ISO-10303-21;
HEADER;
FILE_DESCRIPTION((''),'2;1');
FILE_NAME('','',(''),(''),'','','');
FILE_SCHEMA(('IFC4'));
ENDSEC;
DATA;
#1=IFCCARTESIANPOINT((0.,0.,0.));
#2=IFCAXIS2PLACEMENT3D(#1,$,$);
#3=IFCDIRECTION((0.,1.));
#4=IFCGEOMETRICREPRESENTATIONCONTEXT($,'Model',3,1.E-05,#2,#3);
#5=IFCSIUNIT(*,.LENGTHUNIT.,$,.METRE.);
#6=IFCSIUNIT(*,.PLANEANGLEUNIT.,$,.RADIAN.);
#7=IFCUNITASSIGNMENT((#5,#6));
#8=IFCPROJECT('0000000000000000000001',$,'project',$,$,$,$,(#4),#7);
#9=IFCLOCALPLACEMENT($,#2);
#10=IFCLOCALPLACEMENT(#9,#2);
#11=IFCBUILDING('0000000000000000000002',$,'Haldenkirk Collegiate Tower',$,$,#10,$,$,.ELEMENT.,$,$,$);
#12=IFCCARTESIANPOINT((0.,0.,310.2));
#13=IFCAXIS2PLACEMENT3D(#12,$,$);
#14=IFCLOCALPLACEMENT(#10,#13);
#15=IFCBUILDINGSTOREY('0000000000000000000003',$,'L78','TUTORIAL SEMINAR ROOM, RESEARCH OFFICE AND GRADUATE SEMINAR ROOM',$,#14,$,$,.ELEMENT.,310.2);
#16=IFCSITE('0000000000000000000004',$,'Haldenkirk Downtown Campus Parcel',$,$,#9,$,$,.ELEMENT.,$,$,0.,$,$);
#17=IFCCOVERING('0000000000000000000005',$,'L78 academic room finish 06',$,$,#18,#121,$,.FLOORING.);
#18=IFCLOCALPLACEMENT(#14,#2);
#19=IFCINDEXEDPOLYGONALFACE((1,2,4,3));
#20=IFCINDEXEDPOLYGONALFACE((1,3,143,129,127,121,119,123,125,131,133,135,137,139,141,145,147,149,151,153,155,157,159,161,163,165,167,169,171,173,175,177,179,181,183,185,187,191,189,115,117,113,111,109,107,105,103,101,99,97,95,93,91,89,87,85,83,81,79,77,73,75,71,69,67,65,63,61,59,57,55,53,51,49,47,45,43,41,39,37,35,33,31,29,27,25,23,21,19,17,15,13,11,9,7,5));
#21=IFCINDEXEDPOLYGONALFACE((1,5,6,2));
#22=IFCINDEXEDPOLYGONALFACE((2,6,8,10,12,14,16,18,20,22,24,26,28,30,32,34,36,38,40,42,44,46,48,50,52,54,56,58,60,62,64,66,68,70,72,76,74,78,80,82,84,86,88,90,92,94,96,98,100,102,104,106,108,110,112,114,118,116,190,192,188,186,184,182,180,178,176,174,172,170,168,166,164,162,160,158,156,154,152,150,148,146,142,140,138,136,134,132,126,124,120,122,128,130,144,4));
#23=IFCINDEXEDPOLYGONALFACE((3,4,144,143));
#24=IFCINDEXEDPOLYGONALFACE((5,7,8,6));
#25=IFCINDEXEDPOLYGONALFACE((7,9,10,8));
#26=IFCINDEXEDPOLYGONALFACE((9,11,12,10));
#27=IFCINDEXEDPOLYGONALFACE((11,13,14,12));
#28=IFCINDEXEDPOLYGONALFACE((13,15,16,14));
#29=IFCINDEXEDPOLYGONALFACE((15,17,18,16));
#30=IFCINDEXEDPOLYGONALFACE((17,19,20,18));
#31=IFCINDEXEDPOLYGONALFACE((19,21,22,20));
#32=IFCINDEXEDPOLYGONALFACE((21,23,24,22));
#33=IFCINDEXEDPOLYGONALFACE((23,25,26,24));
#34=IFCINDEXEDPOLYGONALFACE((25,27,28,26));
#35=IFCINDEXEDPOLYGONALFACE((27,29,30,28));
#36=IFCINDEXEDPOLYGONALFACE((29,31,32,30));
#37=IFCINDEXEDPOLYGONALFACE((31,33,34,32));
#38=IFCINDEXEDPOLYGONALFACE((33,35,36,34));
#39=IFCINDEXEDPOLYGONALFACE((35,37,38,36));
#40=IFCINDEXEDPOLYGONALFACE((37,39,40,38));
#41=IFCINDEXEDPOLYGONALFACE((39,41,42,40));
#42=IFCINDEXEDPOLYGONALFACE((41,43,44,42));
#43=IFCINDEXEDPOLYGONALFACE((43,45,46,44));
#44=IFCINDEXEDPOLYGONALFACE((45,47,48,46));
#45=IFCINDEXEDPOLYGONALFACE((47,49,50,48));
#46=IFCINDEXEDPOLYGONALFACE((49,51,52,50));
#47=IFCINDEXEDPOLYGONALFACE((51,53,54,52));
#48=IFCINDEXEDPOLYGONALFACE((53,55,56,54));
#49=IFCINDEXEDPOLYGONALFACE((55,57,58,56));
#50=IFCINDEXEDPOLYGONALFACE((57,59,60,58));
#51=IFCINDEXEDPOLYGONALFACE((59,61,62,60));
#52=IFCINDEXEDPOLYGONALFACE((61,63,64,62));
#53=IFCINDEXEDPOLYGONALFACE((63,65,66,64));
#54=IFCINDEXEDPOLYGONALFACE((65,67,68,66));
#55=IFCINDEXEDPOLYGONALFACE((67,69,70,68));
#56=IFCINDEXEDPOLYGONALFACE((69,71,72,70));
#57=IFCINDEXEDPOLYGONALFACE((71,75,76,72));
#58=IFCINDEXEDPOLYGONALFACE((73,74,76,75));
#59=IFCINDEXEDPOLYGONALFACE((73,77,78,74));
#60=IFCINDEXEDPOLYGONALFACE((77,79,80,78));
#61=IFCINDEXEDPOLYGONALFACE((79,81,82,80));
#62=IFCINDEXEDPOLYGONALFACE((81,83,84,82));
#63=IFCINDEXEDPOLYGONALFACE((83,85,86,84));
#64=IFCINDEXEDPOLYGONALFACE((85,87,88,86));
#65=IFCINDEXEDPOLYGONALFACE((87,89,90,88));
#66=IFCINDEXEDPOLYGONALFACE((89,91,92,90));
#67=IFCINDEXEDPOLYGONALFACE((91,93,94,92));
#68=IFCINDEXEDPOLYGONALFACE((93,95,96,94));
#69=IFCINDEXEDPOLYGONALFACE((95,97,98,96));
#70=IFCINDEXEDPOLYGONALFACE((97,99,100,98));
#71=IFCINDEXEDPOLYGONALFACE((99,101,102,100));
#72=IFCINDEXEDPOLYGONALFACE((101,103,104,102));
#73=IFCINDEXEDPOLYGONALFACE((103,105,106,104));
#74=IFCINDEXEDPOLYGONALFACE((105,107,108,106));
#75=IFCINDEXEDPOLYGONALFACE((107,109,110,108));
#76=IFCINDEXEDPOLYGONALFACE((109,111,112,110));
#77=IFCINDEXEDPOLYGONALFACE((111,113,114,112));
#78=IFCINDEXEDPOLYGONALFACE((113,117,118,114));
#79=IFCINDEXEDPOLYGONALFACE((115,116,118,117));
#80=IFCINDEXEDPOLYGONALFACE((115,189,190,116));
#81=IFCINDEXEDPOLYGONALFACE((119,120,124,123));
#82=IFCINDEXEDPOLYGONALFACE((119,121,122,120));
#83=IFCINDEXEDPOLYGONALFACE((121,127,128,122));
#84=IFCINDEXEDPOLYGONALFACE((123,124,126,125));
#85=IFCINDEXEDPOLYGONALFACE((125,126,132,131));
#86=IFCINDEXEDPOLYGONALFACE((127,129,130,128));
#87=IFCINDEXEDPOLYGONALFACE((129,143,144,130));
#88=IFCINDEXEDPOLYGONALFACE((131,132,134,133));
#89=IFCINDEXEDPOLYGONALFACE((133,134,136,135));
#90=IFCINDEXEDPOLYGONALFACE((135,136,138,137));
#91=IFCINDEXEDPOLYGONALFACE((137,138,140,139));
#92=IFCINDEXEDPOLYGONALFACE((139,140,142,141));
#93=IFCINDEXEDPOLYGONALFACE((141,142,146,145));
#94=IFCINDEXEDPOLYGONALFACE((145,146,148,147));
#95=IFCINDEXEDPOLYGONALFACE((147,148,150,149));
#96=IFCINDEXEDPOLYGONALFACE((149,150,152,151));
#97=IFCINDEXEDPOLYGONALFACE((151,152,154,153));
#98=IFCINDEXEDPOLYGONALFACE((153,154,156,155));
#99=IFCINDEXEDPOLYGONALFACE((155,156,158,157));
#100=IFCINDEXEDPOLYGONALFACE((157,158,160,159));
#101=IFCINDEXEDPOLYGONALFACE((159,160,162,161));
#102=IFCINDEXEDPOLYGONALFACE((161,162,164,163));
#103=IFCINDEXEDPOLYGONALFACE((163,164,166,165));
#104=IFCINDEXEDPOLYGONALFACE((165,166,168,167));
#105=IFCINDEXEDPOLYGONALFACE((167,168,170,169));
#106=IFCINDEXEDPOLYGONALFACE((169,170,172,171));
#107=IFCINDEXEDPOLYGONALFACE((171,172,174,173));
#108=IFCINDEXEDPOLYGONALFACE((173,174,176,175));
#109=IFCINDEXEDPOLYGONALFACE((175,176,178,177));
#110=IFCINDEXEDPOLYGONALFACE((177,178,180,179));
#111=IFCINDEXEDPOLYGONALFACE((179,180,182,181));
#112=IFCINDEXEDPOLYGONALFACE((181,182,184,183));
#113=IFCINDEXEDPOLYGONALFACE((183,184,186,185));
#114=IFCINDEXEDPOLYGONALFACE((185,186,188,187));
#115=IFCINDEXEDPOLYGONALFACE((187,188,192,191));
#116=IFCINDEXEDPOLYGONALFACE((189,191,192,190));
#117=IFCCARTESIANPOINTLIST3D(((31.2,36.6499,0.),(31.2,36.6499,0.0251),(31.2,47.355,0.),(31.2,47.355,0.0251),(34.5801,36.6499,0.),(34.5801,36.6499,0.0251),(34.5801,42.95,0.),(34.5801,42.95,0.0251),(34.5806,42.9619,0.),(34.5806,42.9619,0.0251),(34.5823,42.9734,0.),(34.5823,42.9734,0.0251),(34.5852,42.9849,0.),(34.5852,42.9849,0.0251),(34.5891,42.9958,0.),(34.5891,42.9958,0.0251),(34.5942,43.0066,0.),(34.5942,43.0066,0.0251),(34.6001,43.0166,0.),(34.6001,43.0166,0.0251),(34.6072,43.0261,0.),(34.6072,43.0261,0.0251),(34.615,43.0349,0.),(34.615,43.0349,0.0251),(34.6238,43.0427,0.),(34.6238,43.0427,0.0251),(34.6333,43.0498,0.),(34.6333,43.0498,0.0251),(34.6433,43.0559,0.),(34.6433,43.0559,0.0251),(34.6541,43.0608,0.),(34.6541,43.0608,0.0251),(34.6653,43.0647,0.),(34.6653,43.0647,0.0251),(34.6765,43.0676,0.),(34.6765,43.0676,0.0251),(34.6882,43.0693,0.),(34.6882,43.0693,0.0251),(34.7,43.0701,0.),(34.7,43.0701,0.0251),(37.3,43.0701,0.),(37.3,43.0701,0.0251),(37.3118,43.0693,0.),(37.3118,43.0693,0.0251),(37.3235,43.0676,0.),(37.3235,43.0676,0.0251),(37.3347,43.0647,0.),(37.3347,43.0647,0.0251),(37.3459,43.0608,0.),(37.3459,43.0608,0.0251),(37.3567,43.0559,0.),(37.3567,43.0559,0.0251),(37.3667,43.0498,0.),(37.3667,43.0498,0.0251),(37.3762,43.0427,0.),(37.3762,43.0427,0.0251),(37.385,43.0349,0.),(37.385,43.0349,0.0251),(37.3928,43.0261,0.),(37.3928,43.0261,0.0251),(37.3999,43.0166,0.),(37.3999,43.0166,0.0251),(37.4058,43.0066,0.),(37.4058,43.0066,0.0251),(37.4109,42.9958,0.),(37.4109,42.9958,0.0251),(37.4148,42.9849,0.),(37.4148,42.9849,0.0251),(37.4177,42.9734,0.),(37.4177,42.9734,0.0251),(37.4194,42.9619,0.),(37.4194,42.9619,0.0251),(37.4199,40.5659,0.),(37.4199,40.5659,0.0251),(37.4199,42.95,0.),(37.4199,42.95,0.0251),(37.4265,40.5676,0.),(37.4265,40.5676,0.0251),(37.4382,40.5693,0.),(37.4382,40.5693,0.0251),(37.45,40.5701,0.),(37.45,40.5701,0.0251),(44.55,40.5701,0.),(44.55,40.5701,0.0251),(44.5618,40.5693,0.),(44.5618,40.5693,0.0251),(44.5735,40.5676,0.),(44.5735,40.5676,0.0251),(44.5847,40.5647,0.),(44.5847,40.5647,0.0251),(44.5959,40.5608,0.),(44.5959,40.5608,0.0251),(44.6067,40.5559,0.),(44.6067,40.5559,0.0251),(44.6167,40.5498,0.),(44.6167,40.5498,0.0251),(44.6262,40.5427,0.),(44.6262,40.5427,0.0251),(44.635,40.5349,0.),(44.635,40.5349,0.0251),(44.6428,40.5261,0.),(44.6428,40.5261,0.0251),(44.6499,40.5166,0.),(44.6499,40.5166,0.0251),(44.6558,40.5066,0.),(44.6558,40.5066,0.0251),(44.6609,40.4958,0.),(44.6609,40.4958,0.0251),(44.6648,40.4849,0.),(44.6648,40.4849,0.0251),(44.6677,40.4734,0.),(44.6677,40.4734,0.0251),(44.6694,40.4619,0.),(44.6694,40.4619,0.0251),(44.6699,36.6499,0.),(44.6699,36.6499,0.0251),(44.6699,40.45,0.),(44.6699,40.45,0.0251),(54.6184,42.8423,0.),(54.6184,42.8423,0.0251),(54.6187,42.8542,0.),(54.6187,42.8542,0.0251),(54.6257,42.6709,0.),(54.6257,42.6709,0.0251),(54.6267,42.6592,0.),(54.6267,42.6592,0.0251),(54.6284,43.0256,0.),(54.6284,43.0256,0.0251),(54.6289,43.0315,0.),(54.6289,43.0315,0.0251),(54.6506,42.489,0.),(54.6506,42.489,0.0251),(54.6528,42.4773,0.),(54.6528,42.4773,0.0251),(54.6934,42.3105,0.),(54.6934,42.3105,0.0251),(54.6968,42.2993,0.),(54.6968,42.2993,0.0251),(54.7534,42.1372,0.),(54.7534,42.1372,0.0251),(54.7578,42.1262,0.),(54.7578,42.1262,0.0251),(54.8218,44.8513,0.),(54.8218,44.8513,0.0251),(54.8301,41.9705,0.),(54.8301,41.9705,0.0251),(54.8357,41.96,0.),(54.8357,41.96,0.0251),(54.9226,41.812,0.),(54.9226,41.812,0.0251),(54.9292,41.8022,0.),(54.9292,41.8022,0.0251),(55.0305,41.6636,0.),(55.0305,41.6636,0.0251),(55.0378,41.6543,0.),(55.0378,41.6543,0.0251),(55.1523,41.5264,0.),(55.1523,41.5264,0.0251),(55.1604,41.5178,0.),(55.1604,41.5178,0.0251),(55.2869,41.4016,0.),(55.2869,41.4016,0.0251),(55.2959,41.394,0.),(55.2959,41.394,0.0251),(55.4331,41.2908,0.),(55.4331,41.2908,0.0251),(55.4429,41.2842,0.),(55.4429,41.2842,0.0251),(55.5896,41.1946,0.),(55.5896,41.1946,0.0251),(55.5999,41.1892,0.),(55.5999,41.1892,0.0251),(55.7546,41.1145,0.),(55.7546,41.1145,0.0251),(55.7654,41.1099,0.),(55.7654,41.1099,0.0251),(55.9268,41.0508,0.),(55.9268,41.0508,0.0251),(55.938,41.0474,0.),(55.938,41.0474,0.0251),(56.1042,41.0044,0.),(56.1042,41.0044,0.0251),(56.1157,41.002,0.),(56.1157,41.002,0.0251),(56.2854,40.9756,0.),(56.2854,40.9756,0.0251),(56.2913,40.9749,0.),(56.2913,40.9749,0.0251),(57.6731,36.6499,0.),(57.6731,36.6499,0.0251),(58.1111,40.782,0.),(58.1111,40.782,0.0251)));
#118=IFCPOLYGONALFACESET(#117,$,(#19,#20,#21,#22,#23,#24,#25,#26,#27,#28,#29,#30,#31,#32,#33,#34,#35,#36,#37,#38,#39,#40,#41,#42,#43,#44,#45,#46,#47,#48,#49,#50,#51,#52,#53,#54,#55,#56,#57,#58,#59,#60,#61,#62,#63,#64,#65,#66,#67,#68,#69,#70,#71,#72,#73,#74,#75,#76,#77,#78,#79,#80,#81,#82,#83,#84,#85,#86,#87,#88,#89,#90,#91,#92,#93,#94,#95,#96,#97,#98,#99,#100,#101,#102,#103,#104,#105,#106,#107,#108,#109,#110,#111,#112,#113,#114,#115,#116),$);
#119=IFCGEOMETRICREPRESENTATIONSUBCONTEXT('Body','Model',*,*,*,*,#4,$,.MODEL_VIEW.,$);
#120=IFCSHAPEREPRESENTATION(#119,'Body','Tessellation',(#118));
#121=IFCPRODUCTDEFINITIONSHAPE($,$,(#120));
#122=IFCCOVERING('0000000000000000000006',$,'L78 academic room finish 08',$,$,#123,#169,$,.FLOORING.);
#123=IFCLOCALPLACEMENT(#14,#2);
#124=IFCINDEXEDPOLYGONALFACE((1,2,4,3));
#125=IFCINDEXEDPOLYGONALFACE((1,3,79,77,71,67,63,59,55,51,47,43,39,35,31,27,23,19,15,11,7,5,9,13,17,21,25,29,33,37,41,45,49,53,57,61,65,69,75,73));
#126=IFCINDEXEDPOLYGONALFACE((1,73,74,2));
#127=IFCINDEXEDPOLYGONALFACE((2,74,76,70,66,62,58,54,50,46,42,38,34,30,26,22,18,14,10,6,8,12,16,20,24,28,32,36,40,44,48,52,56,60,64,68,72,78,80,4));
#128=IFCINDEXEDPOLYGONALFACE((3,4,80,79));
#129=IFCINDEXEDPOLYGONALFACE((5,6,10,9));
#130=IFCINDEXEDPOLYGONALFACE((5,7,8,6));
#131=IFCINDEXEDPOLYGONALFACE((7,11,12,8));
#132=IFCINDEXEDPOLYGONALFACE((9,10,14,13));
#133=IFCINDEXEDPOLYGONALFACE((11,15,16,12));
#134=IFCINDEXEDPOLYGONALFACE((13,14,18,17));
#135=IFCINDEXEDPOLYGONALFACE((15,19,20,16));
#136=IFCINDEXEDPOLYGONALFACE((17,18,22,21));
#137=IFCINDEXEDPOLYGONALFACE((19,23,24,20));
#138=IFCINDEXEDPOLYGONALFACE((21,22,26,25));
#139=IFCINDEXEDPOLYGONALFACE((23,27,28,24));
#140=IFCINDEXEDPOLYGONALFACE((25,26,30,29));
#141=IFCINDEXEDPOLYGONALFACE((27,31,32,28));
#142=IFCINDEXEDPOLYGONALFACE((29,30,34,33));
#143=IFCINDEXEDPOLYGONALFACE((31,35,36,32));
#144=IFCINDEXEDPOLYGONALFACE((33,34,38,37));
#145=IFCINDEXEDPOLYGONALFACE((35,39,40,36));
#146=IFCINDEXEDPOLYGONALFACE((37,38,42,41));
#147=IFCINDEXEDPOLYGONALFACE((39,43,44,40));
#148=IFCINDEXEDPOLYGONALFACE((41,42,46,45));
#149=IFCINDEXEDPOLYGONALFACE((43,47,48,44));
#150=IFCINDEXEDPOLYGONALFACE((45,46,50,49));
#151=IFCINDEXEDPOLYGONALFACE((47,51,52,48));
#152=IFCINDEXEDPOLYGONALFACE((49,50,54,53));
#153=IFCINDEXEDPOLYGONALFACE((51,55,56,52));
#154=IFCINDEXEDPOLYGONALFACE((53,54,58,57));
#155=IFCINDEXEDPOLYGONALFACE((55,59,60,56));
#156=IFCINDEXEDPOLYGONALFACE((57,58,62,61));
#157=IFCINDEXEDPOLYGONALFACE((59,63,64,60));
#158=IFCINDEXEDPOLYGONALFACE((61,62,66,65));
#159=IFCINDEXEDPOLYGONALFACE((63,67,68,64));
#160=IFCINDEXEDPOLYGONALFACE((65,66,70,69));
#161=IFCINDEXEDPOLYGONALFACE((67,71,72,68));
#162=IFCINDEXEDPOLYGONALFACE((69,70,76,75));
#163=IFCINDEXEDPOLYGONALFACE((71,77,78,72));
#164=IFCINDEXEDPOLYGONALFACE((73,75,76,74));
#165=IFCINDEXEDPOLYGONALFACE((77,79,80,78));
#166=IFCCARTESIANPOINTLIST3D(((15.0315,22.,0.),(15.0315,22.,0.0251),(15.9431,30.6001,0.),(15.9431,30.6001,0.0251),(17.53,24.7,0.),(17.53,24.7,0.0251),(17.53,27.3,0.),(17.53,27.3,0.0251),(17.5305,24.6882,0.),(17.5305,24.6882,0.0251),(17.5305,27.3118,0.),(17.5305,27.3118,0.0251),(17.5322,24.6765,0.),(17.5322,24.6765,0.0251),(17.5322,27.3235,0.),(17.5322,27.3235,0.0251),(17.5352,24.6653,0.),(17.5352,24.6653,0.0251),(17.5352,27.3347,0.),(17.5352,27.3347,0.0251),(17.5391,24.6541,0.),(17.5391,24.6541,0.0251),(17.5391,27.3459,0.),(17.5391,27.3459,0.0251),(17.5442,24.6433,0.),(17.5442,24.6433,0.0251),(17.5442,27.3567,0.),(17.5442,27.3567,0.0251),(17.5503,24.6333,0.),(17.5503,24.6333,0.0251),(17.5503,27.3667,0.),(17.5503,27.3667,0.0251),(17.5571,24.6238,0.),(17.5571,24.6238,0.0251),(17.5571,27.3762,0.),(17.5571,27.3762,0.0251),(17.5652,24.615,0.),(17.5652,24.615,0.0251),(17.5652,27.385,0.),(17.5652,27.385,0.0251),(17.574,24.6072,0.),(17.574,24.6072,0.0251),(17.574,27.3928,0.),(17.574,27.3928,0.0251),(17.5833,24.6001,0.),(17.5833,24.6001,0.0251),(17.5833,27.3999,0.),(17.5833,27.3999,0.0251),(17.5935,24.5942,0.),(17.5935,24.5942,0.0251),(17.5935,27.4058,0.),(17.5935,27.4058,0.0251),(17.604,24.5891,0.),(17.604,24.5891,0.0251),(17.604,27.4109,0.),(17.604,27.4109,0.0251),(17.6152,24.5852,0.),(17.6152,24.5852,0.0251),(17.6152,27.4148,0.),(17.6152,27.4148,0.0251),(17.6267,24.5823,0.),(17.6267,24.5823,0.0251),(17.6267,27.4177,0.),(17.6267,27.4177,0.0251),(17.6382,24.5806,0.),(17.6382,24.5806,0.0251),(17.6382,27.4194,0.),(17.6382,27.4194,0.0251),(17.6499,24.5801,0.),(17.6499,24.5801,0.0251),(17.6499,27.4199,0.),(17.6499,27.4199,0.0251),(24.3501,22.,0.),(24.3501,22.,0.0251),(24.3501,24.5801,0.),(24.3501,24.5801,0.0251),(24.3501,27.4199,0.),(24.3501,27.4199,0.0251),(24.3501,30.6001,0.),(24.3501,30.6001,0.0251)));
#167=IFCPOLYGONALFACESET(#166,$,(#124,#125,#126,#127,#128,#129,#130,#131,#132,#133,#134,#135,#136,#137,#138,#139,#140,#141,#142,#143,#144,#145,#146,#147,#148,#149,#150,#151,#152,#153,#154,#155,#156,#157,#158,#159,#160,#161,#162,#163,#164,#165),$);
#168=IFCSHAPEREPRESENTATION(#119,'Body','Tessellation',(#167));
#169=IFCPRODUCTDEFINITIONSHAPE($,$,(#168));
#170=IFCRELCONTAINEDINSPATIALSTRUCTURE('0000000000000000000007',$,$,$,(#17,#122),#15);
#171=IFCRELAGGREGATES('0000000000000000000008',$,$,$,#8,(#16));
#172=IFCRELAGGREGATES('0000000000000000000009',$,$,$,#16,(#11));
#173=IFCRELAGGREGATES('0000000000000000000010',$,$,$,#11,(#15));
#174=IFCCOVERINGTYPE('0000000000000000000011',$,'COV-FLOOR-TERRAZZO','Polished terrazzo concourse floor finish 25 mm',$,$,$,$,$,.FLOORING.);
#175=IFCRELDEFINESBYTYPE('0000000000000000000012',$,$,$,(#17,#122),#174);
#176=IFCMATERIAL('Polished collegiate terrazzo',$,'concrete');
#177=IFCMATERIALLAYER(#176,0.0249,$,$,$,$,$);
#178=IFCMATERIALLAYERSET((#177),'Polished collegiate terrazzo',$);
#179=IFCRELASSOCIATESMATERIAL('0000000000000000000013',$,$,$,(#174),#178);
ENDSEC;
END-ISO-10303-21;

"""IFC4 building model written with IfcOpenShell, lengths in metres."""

from ifc_helpers import new_model, si_unit, direction, frame, origin, place, context, subcontext, project, spatial, polyline, outline, extrude, material, layer, layer_set, type_object, element, save


model = new_model("IFC4")

# Units and contexts
model_context = context("Model", 3, precision=1e-05, world=origin(), true_north=direction((0.0, 1.0)))
body_context = subcontext(model_context, "Body", "Model", "MODEL_VIEW")
ifc_project = project(units=[si_unit("LENGTHUNIT", "METRE"), si_unit("PLANEANGLEUNIT", "RADIAN")], contexts=[model_context])

# Site, building, storey
site_placement = place(None, origin())
site = spatial("IfcSite", under=ifc_project, at=site_placement, Name="Haldenkirk Downtown Campus Parcel", CompositionType="ELEMENT", RefElevation=0.0)
building_placement = place(site_placement, origin())
building = spatial("IfcBuilding", under=site, at=building_placement, Name="Haldenkirk Collegiate Tower", CompositionType="ELEMENT")
storey_placement = place(building_placement, frame((0.0, 0.0, 310.2)))
storey = spatial("IfcBuildingStorey", under=building, at=storey_placement, Name="L78", Description="TUTORIAL SEMINAR ROOM, RESEARCH OFFICE AND GRADUATE SEMINAR ROOM", CompositionType="ELEMENT", Elevation=310.2)

# Coverings
ifc_material_1 = material(Name="Polished collegiate terrazzo", Category="concrete")
ifc_layer_1 = layer(ifc_material_1, 0.0249)
ifc_layer_set_1 = layer_set([ifc_layer_1], Name="Polished collegiate terrazzo")
covering_type_1 = type_object("IfcCoveringType", Name="COV-FLOOR-TERRAZZO", Description="Polished terrazzo concourse floor finish 25 mm", PredefinedType="FLOORING", material=ifc_layer_set_1)
covering_1_placement = place(storey_placement, origin())
element("IfcCovering", 1, at=covering_1_placement, inside=storey, type_object=covering_type_1, Name="L78 academic room finish 06", PredefinedType="FLOORING", context=body_context, shape_type="SweptSolid", body=[
    extrude(outline(polyline([(37.4199, 40.5659), (37.4199, 42.95), (37.4194, 42.9619), (37.4177, 42.9734), (37.4148, 42.9849), (37.4109, 42.9958), (37.4058, 43.0066), (37.3999, 43.0166), (37.3928, 43.0261), (37.385, 43.0349), (37.3762, 43.0427), (37.3667, 43.0498), (37.3567, 43.0559), (37.3459, 43.0608), (37.3347, 43.0647), (37.3235, 43.0676), (37.3118, 43.0693), (37.3, 43.0701), (34.7, 43.0701), (34.6882, 43.0693), (34.6765, 43.0676), (34.6653, 43.0647), (34.6541, 43.0608), (34.6433, 43.0559), (34.6333, 43.0498), (34.6238, 43.0427), (34.615, 43.0349), (34.6072, 43.0261), (34.6001, 43.0166), (34.5942, 43.0066), (34.5891, 42.9958), (34.5852, 42.9849), (34.5823, 42.9734), (34.5806, 42.9619), (34.5801, 42.95), (34.5801, 36.6499), (31.2, 36.6499), (31.2, 47.355), (54.8218, 44.8513), (54.6289, 43.0315), (54.6284, 43.0256), (54.6187, 42.8542), (54.6184, 42.8423), (54.6257, 42.6709), (54.6267, 42.6592), (54.6506, 42.489), (54.6528, 42.4773), (54.6934, 42.3105), (54.6968, 42.2993), (54.7534, 42.1372), (54.7578, 42.1262), (54.8301, 41.9705), (54.8357, 41.96), (54.9226, 41.812), (54.9292, 41.8022), (55.0305, 41.6636), (55.0378, 41.6543), (55.1523, 41.5264), (55.1604, 41.5178), (55.2869, 41.4016), (55.2959, 41.394), (55.4331, 41.2908), (55.4429, 41.2842), (55.5896, 41.1946), (55.5999, 41.1892), (55.7546, 41.1145), (55.7654, 41.1099), (55.9268, 41.0508), (55.938, 41.0474), (56.1042, 41.0044), (56.1157, 41.002), (56.2854, 40.9756), (56.2913, 40.9749), (58.1111, 40.782), (57.6731, 36.6499), (44.6699, 36.6499), (44.6699, 40.45), (44.6694, 40.4619), (44.6677, 40.4734), (44.6648, 40.4849), (44.6609, 40.4958), (44.6558, 40.5066), (44.6499, 40.5166), (44.6428, 40.5261), (44.635, 40.5349), (44.6262, 40.5427), (44.6167, 40.5498), (44.6067, 40.5559), (44.5959, 40.5608), (44.5847, 40.5647), (44.5735, 40.5676), (44.5618, 40.5693), (44.55, 40.5701), (37.45, 40.5701), (37.4382, 40.5693), (37.4265, 40.5676), (37.4199, 40.5659)])), origin(), (0.0, 0.0, 1.0), 0.0251),
])
covering_2_placement = place(storey_placement, origin())
element("IfcCovering", 2, at=covering_2_placement, inside=storey, type_object=covering_type_1, Name="L78 academic room finish 08", PredefinedType="FLOORING", context=body_context, shape_type="SweptSolid", body=[
    extrude(outline(polyline([(17.6499, 27.4199), (17.6382, 27.4194), (17.6267, 27.4177), (17.6152, 27.4148), (17.604, 27.4109), (17.5935, 27.4058), (17.5833, 27.3999), (17.574, 27.3928), (17.5652, 27.385), (17.5571, 27.3762), (17.5503, 27.3667), (17.5442, 27.3567), (17.5391, 27.3459), (17.5352, 27.3347), (17.5322, 27.3235), (17.5305, 27.3118), (17.53, 27.3), (17.53, 24.7), (17.5305, 24.6882), (17.5322, 24.6765), (17.5352, 24.6653), (17.5391, 24.6541), (17.5442, 24.6433), (17.5503, 24.6333), (17.5571, 24.6238), (17.5652, 24.615), (17.574, 24.6072), (17.5833, 24.6001), (17.5935, 24.5942), (17.604, 24.5891), (17.6152, 24.5852), (17.6267, 24.5823), (17.6382, 24.5806), (17.6499, 24.5801), (24.3501, 24.5801), (24.3501, 22.0), (15.0315, 22.0), (15.9431, 30.6001), (24.3501, 30.6001), (24.3501, 27.4199), (17.6499, 27.4199)])), origin(), (0.0, 0.0, 1.0), 0.0251),
])

save(model, "model.ifc")
